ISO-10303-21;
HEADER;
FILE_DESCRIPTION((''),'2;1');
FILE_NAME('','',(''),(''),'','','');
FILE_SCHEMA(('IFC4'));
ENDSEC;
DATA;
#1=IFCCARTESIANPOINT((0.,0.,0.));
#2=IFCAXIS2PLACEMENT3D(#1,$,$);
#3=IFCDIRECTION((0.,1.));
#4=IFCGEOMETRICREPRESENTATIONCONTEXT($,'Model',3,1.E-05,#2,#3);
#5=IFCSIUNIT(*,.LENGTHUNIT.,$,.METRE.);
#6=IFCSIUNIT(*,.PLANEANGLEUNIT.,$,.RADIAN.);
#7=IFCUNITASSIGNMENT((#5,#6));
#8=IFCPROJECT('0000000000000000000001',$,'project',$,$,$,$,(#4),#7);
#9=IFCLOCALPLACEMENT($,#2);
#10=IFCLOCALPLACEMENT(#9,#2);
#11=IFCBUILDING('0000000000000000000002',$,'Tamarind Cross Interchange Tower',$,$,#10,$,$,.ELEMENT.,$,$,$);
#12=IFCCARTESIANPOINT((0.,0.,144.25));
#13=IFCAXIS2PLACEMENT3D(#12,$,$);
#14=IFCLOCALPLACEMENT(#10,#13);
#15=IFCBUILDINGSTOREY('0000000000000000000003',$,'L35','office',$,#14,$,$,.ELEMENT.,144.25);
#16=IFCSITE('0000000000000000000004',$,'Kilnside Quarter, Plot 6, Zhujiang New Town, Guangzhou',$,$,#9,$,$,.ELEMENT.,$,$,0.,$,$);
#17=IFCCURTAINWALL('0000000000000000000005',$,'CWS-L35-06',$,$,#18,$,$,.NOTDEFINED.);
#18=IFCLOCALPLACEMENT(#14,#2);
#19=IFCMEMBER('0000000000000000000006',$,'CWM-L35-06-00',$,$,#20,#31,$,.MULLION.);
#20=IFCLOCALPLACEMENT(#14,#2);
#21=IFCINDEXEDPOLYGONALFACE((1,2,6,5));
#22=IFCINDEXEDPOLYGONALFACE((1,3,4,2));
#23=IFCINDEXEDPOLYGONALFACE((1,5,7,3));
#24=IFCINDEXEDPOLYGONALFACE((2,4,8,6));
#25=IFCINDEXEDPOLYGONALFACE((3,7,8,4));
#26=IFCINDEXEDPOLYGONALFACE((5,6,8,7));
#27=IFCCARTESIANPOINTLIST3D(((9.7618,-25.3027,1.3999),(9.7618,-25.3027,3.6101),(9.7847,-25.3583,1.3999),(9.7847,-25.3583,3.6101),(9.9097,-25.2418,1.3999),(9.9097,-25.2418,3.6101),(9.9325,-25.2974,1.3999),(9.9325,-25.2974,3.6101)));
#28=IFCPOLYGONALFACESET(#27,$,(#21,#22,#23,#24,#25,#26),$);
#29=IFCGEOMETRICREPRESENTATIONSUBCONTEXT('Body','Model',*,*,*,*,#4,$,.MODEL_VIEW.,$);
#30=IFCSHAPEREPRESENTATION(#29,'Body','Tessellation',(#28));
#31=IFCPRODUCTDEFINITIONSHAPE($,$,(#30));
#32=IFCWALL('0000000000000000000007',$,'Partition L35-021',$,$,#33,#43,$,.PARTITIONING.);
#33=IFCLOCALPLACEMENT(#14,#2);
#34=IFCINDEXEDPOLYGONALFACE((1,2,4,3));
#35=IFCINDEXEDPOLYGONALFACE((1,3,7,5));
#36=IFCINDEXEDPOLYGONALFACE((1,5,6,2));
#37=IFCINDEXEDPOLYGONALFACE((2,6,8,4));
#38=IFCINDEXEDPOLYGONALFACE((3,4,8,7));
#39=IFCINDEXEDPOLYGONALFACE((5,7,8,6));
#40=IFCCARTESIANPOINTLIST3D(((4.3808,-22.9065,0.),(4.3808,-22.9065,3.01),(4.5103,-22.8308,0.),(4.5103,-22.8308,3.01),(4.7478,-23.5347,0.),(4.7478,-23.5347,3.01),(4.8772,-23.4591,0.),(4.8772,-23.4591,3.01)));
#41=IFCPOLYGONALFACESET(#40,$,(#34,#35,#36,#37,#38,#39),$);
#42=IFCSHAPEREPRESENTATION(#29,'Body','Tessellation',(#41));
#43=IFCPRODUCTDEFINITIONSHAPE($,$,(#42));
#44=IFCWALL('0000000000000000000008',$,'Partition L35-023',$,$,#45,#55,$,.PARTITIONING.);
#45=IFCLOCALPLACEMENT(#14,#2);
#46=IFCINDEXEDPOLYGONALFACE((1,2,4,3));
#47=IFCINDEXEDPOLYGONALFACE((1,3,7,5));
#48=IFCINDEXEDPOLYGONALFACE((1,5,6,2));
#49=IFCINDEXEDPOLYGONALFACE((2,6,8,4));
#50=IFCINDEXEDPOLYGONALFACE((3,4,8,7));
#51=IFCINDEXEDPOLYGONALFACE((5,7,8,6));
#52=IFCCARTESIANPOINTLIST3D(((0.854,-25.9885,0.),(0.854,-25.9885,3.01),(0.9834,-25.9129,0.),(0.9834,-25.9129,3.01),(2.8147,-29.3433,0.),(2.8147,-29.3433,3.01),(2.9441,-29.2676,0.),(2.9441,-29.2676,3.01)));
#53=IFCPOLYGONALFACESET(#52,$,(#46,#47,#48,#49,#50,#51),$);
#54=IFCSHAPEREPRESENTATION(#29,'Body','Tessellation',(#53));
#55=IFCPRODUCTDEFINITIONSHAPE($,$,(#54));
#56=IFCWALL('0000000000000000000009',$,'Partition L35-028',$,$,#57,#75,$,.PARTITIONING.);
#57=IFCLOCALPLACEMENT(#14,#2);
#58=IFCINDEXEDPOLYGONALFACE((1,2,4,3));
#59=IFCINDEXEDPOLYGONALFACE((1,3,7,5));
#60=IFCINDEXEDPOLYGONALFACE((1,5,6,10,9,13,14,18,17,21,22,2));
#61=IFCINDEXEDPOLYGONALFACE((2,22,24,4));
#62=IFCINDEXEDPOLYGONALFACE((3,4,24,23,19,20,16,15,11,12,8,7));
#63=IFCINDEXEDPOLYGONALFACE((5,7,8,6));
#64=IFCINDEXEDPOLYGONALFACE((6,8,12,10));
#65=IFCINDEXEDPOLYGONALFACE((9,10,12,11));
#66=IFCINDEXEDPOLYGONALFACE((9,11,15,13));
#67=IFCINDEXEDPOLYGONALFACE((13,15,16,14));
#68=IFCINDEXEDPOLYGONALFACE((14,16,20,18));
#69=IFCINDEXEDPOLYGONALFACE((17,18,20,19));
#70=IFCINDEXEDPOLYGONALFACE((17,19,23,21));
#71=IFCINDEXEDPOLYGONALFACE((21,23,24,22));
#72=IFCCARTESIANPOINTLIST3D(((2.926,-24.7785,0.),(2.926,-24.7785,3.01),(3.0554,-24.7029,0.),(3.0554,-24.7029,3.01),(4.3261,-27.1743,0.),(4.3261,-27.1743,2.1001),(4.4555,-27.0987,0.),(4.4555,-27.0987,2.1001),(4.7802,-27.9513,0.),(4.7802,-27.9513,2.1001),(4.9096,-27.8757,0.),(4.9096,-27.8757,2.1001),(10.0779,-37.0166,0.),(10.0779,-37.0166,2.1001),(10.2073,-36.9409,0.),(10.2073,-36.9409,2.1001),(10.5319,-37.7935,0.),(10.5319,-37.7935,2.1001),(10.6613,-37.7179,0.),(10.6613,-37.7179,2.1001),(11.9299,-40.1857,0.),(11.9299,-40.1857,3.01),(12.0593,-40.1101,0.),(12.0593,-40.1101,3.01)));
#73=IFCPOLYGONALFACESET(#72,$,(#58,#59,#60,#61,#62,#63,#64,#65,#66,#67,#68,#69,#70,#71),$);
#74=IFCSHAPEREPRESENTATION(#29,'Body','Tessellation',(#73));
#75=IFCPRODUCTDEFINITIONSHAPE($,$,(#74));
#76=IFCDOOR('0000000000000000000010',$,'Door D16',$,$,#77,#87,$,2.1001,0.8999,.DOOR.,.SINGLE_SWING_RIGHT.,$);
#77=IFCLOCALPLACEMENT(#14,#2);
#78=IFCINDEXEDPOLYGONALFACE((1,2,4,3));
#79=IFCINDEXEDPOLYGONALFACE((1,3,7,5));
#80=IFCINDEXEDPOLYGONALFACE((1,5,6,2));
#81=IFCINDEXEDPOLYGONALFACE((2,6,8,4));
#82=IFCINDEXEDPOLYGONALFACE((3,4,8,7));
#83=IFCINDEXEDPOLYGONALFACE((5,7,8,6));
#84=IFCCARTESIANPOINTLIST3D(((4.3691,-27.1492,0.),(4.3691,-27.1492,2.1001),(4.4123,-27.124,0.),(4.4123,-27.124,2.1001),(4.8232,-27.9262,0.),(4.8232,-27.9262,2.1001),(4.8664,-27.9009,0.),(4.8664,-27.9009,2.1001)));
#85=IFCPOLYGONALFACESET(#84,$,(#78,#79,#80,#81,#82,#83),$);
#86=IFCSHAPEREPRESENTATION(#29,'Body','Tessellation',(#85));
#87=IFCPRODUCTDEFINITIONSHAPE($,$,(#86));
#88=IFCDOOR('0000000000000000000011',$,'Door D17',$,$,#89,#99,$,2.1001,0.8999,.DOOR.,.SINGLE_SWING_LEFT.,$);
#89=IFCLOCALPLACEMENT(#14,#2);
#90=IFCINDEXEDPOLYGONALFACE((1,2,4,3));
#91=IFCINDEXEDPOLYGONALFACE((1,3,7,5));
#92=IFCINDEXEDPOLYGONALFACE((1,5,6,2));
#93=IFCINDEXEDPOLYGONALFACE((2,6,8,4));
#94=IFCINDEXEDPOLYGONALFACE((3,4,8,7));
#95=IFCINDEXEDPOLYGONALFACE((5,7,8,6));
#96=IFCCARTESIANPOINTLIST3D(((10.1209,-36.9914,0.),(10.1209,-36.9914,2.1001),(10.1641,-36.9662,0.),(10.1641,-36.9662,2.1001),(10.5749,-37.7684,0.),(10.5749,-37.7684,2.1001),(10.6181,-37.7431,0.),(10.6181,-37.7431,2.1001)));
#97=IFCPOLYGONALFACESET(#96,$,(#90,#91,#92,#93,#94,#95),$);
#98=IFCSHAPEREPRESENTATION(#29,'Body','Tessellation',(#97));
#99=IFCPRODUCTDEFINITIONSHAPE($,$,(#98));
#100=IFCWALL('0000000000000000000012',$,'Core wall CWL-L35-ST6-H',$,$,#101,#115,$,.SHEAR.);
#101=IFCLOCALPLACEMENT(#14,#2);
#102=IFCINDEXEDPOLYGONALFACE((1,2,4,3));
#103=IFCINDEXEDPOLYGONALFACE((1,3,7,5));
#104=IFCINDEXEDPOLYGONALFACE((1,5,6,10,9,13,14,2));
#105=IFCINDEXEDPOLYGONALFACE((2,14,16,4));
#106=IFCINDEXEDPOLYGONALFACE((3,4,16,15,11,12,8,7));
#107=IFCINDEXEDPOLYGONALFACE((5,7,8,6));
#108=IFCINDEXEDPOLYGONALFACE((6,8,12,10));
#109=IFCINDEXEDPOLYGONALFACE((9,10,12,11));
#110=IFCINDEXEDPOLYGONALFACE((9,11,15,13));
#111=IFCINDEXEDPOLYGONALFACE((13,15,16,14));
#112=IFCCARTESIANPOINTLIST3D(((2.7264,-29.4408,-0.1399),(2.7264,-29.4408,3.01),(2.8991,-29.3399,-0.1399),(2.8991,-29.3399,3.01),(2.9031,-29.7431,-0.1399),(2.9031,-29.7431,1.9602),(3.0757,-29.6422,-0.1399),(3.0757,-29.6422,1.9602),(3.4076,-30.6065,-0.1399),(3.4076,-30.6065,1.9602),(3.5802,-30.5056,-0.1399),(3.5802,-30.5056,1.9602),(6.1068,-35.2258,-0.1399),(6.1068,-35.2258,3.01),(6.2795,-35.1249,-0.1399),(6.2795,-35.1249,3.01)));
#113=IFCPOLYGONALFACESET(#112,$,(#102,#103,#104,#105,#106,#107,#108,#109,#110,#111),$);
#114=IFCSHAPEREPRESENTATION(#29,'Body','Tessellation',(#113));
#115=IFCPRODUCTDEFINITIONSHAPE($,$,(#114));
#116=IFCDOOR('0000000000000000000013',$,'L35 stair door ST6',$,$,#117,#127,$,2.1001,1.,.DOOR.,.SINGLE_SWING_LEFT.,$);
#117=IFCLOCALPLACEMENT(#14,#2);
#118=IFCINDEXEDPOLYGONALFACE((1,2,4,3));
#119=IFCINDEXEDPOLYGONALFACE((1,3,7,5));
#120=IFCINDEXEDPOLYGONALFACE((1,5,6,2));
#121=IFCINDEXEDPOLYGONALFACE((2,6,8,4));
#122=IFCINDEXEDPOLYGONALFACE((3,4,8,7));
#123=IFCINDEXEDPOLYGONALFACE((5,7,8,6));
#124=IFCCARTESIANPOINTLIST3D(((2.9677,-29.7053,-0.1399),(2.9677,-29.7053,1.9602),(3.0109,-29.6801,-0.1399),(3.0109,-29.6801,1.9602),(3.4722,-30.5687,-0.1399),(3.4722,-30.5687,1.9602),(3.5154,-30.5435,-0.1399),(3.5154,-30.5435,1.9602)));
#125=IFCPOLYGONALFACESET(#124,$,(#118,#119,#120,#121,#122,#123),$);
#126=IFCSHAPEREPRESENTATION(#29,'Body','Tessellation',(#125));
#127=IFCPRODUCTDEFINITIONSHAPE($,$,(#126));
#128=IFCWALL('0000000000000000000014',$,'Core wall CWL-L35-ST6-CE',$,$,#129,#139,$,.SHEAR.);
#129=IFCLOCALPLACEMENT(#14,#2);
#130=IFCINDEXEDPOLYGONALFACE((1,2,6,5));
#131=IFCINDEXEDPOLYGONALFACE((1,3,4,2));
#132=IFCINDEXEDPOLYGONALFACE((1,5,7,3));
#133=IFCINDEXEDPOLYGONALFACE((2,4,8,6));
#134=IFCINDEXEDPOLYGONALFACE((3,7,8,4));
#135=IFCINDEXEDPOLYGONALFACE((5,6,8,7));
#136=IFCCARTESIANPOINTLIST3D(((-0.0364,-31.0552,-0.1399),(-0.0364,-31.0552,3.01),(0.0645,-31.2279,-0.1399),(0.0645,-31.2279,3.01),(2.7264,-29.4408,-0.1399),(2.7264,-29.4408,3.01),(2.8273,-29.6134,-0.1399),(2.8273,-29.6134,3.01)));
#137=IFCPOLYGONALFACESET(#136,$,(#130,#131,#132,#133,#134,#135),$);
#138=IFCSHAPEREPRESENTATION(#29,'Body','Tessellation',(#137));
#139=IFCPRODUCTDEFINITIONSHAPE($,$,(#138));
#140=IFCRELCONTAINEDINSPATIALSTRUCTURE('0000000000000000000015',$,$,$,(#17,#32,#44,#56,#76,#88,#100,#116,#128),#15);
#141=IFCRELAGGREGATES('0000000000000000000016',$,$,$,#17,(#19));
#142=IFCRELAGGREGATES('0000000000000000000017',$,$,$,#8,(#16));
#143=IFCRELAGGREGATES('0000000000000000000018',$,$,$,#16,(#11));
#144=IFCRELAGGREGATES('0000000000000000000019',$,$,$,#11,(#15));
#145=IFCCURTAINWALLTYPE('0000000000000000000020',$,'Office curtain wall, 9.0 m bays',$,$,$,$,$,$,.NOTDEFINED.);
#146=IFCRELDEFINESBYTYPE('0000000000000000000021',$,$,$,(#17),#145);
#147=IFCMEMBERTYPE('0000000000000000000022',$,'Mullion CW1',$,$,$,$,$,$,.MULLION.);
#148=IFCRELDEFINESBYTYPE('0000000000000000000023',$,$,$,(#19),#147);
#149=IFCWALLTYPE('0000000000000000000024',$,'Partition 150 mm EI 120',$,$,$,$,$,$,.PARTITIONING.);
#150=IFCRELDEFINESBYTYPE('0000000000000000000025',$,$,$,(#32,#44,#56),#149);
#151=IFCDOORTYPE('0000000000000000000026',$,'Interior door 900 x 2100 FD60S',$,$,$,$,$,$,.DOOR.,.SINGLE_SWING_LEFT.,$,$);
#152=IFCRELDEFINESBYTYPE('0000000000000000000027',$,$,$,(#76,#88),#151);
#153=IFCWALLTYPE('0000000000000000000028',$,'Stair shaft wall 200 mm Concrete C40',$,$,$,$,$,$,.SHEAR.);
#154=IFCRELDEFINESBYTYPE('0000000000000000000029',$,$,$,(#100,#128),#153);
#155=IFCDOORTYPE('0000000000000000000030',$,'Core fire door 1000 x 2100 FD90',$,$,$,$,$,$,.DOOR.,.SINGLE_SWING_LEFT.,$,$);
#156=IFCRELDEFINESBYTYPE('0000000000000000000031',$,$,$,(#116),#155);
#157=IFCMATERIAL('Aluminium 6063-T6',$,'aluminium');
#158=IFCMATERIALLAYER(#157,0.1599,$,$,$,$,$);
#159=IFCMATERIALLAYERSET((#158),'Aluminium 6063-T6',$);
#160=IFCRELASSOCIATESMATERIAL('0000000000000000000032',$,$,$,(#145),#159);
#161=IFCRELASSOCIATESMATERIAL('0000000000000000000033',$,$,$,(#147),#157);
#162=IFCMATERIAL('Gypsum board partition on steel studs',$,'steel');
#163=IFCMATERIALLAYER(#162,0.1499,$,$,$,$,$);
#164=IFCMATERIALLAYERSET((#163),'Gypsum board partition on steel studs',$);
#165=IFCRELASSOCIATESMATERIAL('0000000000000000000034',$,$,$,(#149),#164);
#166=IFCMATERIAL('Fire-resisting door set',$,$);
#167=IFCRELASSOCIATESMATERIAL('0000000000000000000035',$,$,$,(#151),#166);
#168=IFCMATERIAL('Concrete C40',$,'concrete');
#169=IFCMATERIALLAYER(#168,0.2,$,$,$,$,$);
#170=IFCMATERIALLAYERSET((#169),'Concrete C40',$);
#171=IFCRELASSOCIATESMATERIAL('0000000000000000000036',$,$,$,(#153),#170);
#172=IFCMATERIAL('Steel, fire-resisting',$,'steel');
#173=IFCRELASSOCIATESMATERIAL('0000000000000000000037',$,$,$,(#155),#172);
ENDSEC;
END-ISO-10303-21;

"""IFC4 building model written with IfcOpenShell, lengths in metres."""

from ifc_helpers import new_model, si_unit, direction, frame, frame_2d, origin, origin_2d, place, context, subcontext, project, spatial, rectangle, extrude, material, layer, layer_set, material_profile, profile_set, type_object, element, fill, aggregate, save


model = new_model("IFC4")

# Units and contexts
model_context = context("Model", 3, precision=1e-05, world=origin(), true_north=direction((0.0, 1.0)))
body_context = subcontext(model_context, "Body", "Model", "MODEL_VIEW")
ifc_project = project(units=[si_unit("LENGTHUNIT", "METRE"), si_unit("PLANEANGLEUNIT", "RADIAN")], contexts=[model_context])

# Site, building, storey
site_placement = place(None, origin())
site = spatial("IfcSite", under=ifc_project, at=site_placement, Name="Kilnside Quarter, Plot 6, Zhujiang New Town, Guangzhou", CompositionType="ELEMENT", RefElevation=0.0)
building_placement = place(site_placement, origin())
building = spatial("IfcBuilding", under=site, at=building_placement, Name="Tamarind Cross Interchange Tower", CompositionType="ELEMENT")
storey_placement = place(building_placement, frame((0.0, 0.0, 144.25)))
storey = spatial("IfcBuildingStorey", under=building, at=storey_placement, Name="L35", Description="office", CompositionType="ELEMENT", Elevation=144.25)

# Curtain wall, member
ifc_material_1 = material(Name="Aluminium 6063-T6", Category="aluminium")
ifc_layer_1 = layer(ifc_material_1, 0.1599)
ifc_layer_set_1 = layer_set([ifc_layer_1], Name="Aluminium 6063-T6")
curtain_wall_type = type_object("IfcCurtainWallType", Name="Office curtain wall, 9.0 m bays", PredefinedType="NOTDEFINED", material=ifc_layer_set_1)
curtain_wall_placement = place(storey_placement, origin())
curtain_wall = element("IfcCurtainWall", 1, at=curtain_wall_placement, inside=storey, type_object=curtain_wall_type, Name="CWS-L35-06", PredefinedType="NOTDEFINED")
ifc_material_profile_1 = material_profile(ifc_material_1, rectangle(XDim=0.0601, YDim=0.1599, at=origin_2d()), Name="Mullion CW1")
ifc_profile_set_1 = profile_set([ifc_material_profile_1], Name="Aluminium 6063-T6")
member_type = type_object("IfcMemberType", Name="Mullion CW1", PredefinedType="MULLION", material=ifc_profile_set_1)
member_placement = place(storey_placement, frame((9.8472, -25.3, 1.3999), z_axis=(0.0, 0.0, 1.0), x_axis=(-0.380835, 0.924643, 0.0)))
member = element("IfcMember", 2, at=member_placement, type_object=member_type, Name="CWM-L35-06-00", PredefinedType="MULLION", context=body_context, shape_type="SweptSolid", body=[
    extrude(rectangle(XDim=0.0601, YDim=0.1599, at=origin_2d()), origin(), (0.0, 0.0, 1.0), 2.2102),
])
aggregate(curtain_wall, [member])

# Walls
ifc_material_2 = material(Name="Gypsum board partition on steel studs", Category="steel")
ifc_layer_2 = layer(ifc_material_2, 0.1499)
ifc_layer_set_2 = layer_set([ifc_layer_2], Name="Gypsum board partition on steel studs")
wall_type_1 = type_object("IfcWallType", Name="Partition 150 mm EI 120", PredefinedType="PARTITIONING", material=ifc_layer_set_2)
wall_1_placement = place(storey_placement, frame((4.4456, -22.8687, 0.0), z_axis=(0.0, 0.0, 1.0), x_axis=(0.504393, -0.863474, 0.0)))
element("IfcWall", 3, at=wall_1_placement, inside=storey, type_object=wall_type_1, Name="Partition L35-021", PredefinedType="PARTITIONING", context=body_context, shape_type="SweptSolid", body=[
    extrude(rectangle(XDim=0.7275, YDim=0.1499, at=frame_2d((0.3638, 0.0))), origin(), (0.0, 0.0, 1.0), 3.01),
])
wall_2_placement = place(storey_placement, frame((0.9187, -25.9507, 0.0), z_axis=(0.0, 0.0, 1.0), x_axis=(0.504594, -0.863357, 0.0)))
element("IfcWall", 4, at=wall_2_placement, inside=storey, type_object=wall_type_1, Name="Partition L35-023", PredefinedType="PARTITIONING", context=body_context, shape_type="SweptSolid", body=[
    extrude(rectangle(XDim=3.8857, YDim=0.1499, at=frame_2d((1.9429, 0.0))), origin(), (0.0, 0.0, 1.0), 3.01),
])

# Wall, openings, doors
wall_3_placement = place(storey_placement, frame((2.9907, -24.7407, 0.0), z_axis=(0.0, 0.0, 1.0), x_axis=(0.504555, -0.86338, 0.0)))
wall_3 = element("IfcWall", 5, at=wall_3_placement, inside=storey, type_object=wall_type_1, Name="Partition L35-028", PredefinedType="PARTITIONING", context=body_context, shape_type="SweptSolid", body=[
    extrude(rectangle(XDim=17.8452, YDim=0.1499, at=frame_2d((8.9226, 0.0))), origin(), (0.0, 0.0, 1.0), 3.01),
])
opening_1_placement = place(wall_3_placement, frame((2.7749, 0.0, 0.0)))
opening_1 = element("IfcOpeningElement", 6, at=opening_1_placement, cuts=wall_3, PredefinedType="OPENING", context=body_context, shape_type="SweptSolid", body=[
    extrude(rectangle(XDim=0.8999, YDim=2.1001, at=frame_2d((0.45, 1.05))), frame((0.0, 0.085, 0.0), z_axis=(0.0, -1.0, 0.0), x_axis=(1.0, 0.0, 0.0)), (0.0, 0.0, 1.0), 0.1699),
])
opening_2_placement = place(wall_3_placement, frame((14.1746, 0.0, 0.0)))
opening_2 = element("IfcOpeningElement", 7, at=opening_2_placement, cuts=wall_3, PredefinedType="OPENING", context=body_context, shape_type="SweptSolid", body=[
    extrude(rectangle(XDim=0.8999, YDim=2.1001, at=frame_2d((0.45, 1.05))), frame((0.0, 0.085, 0.0), z_axis=(0.0, -1.0, 0.0), x_axis=(1.0, 0.0, 0.0)), (0.0, 0.0, 1.0), 0.1699),
])
ifc_material_3 = material(Name="Fire-resisting door set")
door_type_1 = type_object("IfcDoorType", Name="Interior door 900 x 2100 FD60S", OperationType="SINGLE_SWING_LEFT", PredefinedType="DOOR", material=ifc_material_3)
door_1_placement = place(opening_1_placement, origin())
door_1 = element("IfcDoor", 8, at=door_1_placement, inside=storey, type_object=door_type_1, Name="Door D16", OperationType="SINGLE_SWING_RIGHT", OverallHeight=2.1001, OverallWidth=0.8999, PredefinedType="DOOR", context=body_context, shape_type="SweptSolid", body=[
    extrude(rectangle(XDim=0.8999, YDim=2.1001, at=frame_2d((0.45, 1.05))), frame((0.0, 0.0249, 0.0), z_axis=(0.0, -1.0, 0.0), x_axis=(1.0, 0.0, 0.0)), (0.0, 0.0, 1.0), 0.05),
])
fill(opening_1, door_1)
door_2_placement = place(opening_2_placement, origin())
door_2 = element("IfcDoor", 9, at=door_2_placement, inside=storey, type_object=door_type_1, Name="Door D17", OperationType="SINGLE_SWING_LEFT", OverallHeight=2.1001, OverallWidth=0.8999, PredefinedType="DOOR", context=body_context, shape_type="SweptSolid", body=[
    extrude(rectangle(XDim=0.8999, YDim=2.1001, at=frame_2d((0.45, 1.05))), frame((0.0, 0.0249, 0.0), z_axis=(0.0, -1.0, 0.0), x_axis=(1.0, 0.0, 0.0)), (0.0, 0.0, 1.0), 0.05),
])
fill(opening_2, door_2)

# Wall, opening, door
ifc_material_4 = material(Name="Concrete C40", Category="concrete")
ifc_layer_3 = layer(ifc_material_4, 0.2)
ifc_layer_set_3 = layer_set([ifc_layer_3], Name="Concrete C40")
wall_type_2 = type_object("IfcWallType", Name="Stair shaft wall 200 mm Concrete C40", PredefinedType="SHEAR", material=ifc_layer_set_3)
wall_4_placement = place(storey_placement, frame((2.8127, -29.3904, -0.1399), z_axis=(0.0, 0.0, 1.0), x_axis=(0.504521, -0.863399, 0.0)))
wall_4 = element("IfcWall", 10, at=wall_4_placement, inside=storey, type_object=wall_type_2, Name="Core wall CWL-L35-ST6-H", PredefinedType="SHEAR", context=body_context, shape_type="SweptSolid", body=[
    extrude(rectangle(XDim=6.7002, YDim=0.2, at=frame_2d((3.3501, 0.0))), origin(), (0.0, 0.0, 1.0), 3.1499),
])
opening_3_placement = place(wall_4_placement, frame((0.3501, 0.0, 0.0)))
opening_3 = element("IfcOpeningElement", 11, at=opening_3_placement, cuts=wall_4, PredefinedType="OPENING", context=body_context, shape_type="SweptSolid", body=[
    extrude(rectangle(XDim=1.0, YDim=2.1001, at=frame_2d((0.5, 1.05))), frame((0.0, 0.1099, 0.0), z_axis=(0.0, -1.0, 0.0), x_axis=(1.0, 0.0, 0.0)), (0.0, 0.0, 1.0), 0.22),
])
ifc_material_5 = material(Name="Steel, fire-resisting", Category="steel")
door_type_2 = type_object("IfcDoorType", Name="Core fire door 1000 x 2100 FD90", OperationType="SINGLE_SWING_LEFT", PredefinedType="DOOR", material=ifc_material_5)
door_3_placement = place(opening_3_placement, origin())
door_3 = element("IfcDoor", 12, at=door_3_placement, inside=storey, type_object=door_type_2, Name="L35 stair door ST6", OperationType="SINGLE_SWING_LEFT", OverallHeight=2.1001, OverallWidth=1.0, PredefinedType="DOOR", context=body_context, shape_type="SweptSolid", body=[
    extrude(rectangle(XDim=1.0, YDim=2.1001, at=frame_2d((0.5, 1.05))), frame((0.0, 0.0249, 0.0), z_axis=(0.0, -1.0, 0.0), x_axis=(1.0, 0.0, 0.0)), (0.0, 0.0, 1.0), 0.05),
])
fill(opening_3, door_3)

# Wall
wall_5_placement = place(storey_placement, frame((0.0139, -31.1416, -0.1399), z_axis=(0.0, 0.0, 1.0), x_axis=(0.8634, 0.504521, 0.0)))
element("IfcWall", 13, at=wall_5_placement, inside=storey, type_object=wall_type_2, Name="Core wall CWL-L35-ST6-CE", PredefinedType="SHEAR", context=body_context, shape_type="SweptSolid", body=[
    extrude(rectangle(XDim=3.2, YDim=0.2, at=frame_2d((1.6001, 0.0))), origin(), (0.0, 0.0, 1.0), 3.1499),
])

save(model, "model.ifc")
